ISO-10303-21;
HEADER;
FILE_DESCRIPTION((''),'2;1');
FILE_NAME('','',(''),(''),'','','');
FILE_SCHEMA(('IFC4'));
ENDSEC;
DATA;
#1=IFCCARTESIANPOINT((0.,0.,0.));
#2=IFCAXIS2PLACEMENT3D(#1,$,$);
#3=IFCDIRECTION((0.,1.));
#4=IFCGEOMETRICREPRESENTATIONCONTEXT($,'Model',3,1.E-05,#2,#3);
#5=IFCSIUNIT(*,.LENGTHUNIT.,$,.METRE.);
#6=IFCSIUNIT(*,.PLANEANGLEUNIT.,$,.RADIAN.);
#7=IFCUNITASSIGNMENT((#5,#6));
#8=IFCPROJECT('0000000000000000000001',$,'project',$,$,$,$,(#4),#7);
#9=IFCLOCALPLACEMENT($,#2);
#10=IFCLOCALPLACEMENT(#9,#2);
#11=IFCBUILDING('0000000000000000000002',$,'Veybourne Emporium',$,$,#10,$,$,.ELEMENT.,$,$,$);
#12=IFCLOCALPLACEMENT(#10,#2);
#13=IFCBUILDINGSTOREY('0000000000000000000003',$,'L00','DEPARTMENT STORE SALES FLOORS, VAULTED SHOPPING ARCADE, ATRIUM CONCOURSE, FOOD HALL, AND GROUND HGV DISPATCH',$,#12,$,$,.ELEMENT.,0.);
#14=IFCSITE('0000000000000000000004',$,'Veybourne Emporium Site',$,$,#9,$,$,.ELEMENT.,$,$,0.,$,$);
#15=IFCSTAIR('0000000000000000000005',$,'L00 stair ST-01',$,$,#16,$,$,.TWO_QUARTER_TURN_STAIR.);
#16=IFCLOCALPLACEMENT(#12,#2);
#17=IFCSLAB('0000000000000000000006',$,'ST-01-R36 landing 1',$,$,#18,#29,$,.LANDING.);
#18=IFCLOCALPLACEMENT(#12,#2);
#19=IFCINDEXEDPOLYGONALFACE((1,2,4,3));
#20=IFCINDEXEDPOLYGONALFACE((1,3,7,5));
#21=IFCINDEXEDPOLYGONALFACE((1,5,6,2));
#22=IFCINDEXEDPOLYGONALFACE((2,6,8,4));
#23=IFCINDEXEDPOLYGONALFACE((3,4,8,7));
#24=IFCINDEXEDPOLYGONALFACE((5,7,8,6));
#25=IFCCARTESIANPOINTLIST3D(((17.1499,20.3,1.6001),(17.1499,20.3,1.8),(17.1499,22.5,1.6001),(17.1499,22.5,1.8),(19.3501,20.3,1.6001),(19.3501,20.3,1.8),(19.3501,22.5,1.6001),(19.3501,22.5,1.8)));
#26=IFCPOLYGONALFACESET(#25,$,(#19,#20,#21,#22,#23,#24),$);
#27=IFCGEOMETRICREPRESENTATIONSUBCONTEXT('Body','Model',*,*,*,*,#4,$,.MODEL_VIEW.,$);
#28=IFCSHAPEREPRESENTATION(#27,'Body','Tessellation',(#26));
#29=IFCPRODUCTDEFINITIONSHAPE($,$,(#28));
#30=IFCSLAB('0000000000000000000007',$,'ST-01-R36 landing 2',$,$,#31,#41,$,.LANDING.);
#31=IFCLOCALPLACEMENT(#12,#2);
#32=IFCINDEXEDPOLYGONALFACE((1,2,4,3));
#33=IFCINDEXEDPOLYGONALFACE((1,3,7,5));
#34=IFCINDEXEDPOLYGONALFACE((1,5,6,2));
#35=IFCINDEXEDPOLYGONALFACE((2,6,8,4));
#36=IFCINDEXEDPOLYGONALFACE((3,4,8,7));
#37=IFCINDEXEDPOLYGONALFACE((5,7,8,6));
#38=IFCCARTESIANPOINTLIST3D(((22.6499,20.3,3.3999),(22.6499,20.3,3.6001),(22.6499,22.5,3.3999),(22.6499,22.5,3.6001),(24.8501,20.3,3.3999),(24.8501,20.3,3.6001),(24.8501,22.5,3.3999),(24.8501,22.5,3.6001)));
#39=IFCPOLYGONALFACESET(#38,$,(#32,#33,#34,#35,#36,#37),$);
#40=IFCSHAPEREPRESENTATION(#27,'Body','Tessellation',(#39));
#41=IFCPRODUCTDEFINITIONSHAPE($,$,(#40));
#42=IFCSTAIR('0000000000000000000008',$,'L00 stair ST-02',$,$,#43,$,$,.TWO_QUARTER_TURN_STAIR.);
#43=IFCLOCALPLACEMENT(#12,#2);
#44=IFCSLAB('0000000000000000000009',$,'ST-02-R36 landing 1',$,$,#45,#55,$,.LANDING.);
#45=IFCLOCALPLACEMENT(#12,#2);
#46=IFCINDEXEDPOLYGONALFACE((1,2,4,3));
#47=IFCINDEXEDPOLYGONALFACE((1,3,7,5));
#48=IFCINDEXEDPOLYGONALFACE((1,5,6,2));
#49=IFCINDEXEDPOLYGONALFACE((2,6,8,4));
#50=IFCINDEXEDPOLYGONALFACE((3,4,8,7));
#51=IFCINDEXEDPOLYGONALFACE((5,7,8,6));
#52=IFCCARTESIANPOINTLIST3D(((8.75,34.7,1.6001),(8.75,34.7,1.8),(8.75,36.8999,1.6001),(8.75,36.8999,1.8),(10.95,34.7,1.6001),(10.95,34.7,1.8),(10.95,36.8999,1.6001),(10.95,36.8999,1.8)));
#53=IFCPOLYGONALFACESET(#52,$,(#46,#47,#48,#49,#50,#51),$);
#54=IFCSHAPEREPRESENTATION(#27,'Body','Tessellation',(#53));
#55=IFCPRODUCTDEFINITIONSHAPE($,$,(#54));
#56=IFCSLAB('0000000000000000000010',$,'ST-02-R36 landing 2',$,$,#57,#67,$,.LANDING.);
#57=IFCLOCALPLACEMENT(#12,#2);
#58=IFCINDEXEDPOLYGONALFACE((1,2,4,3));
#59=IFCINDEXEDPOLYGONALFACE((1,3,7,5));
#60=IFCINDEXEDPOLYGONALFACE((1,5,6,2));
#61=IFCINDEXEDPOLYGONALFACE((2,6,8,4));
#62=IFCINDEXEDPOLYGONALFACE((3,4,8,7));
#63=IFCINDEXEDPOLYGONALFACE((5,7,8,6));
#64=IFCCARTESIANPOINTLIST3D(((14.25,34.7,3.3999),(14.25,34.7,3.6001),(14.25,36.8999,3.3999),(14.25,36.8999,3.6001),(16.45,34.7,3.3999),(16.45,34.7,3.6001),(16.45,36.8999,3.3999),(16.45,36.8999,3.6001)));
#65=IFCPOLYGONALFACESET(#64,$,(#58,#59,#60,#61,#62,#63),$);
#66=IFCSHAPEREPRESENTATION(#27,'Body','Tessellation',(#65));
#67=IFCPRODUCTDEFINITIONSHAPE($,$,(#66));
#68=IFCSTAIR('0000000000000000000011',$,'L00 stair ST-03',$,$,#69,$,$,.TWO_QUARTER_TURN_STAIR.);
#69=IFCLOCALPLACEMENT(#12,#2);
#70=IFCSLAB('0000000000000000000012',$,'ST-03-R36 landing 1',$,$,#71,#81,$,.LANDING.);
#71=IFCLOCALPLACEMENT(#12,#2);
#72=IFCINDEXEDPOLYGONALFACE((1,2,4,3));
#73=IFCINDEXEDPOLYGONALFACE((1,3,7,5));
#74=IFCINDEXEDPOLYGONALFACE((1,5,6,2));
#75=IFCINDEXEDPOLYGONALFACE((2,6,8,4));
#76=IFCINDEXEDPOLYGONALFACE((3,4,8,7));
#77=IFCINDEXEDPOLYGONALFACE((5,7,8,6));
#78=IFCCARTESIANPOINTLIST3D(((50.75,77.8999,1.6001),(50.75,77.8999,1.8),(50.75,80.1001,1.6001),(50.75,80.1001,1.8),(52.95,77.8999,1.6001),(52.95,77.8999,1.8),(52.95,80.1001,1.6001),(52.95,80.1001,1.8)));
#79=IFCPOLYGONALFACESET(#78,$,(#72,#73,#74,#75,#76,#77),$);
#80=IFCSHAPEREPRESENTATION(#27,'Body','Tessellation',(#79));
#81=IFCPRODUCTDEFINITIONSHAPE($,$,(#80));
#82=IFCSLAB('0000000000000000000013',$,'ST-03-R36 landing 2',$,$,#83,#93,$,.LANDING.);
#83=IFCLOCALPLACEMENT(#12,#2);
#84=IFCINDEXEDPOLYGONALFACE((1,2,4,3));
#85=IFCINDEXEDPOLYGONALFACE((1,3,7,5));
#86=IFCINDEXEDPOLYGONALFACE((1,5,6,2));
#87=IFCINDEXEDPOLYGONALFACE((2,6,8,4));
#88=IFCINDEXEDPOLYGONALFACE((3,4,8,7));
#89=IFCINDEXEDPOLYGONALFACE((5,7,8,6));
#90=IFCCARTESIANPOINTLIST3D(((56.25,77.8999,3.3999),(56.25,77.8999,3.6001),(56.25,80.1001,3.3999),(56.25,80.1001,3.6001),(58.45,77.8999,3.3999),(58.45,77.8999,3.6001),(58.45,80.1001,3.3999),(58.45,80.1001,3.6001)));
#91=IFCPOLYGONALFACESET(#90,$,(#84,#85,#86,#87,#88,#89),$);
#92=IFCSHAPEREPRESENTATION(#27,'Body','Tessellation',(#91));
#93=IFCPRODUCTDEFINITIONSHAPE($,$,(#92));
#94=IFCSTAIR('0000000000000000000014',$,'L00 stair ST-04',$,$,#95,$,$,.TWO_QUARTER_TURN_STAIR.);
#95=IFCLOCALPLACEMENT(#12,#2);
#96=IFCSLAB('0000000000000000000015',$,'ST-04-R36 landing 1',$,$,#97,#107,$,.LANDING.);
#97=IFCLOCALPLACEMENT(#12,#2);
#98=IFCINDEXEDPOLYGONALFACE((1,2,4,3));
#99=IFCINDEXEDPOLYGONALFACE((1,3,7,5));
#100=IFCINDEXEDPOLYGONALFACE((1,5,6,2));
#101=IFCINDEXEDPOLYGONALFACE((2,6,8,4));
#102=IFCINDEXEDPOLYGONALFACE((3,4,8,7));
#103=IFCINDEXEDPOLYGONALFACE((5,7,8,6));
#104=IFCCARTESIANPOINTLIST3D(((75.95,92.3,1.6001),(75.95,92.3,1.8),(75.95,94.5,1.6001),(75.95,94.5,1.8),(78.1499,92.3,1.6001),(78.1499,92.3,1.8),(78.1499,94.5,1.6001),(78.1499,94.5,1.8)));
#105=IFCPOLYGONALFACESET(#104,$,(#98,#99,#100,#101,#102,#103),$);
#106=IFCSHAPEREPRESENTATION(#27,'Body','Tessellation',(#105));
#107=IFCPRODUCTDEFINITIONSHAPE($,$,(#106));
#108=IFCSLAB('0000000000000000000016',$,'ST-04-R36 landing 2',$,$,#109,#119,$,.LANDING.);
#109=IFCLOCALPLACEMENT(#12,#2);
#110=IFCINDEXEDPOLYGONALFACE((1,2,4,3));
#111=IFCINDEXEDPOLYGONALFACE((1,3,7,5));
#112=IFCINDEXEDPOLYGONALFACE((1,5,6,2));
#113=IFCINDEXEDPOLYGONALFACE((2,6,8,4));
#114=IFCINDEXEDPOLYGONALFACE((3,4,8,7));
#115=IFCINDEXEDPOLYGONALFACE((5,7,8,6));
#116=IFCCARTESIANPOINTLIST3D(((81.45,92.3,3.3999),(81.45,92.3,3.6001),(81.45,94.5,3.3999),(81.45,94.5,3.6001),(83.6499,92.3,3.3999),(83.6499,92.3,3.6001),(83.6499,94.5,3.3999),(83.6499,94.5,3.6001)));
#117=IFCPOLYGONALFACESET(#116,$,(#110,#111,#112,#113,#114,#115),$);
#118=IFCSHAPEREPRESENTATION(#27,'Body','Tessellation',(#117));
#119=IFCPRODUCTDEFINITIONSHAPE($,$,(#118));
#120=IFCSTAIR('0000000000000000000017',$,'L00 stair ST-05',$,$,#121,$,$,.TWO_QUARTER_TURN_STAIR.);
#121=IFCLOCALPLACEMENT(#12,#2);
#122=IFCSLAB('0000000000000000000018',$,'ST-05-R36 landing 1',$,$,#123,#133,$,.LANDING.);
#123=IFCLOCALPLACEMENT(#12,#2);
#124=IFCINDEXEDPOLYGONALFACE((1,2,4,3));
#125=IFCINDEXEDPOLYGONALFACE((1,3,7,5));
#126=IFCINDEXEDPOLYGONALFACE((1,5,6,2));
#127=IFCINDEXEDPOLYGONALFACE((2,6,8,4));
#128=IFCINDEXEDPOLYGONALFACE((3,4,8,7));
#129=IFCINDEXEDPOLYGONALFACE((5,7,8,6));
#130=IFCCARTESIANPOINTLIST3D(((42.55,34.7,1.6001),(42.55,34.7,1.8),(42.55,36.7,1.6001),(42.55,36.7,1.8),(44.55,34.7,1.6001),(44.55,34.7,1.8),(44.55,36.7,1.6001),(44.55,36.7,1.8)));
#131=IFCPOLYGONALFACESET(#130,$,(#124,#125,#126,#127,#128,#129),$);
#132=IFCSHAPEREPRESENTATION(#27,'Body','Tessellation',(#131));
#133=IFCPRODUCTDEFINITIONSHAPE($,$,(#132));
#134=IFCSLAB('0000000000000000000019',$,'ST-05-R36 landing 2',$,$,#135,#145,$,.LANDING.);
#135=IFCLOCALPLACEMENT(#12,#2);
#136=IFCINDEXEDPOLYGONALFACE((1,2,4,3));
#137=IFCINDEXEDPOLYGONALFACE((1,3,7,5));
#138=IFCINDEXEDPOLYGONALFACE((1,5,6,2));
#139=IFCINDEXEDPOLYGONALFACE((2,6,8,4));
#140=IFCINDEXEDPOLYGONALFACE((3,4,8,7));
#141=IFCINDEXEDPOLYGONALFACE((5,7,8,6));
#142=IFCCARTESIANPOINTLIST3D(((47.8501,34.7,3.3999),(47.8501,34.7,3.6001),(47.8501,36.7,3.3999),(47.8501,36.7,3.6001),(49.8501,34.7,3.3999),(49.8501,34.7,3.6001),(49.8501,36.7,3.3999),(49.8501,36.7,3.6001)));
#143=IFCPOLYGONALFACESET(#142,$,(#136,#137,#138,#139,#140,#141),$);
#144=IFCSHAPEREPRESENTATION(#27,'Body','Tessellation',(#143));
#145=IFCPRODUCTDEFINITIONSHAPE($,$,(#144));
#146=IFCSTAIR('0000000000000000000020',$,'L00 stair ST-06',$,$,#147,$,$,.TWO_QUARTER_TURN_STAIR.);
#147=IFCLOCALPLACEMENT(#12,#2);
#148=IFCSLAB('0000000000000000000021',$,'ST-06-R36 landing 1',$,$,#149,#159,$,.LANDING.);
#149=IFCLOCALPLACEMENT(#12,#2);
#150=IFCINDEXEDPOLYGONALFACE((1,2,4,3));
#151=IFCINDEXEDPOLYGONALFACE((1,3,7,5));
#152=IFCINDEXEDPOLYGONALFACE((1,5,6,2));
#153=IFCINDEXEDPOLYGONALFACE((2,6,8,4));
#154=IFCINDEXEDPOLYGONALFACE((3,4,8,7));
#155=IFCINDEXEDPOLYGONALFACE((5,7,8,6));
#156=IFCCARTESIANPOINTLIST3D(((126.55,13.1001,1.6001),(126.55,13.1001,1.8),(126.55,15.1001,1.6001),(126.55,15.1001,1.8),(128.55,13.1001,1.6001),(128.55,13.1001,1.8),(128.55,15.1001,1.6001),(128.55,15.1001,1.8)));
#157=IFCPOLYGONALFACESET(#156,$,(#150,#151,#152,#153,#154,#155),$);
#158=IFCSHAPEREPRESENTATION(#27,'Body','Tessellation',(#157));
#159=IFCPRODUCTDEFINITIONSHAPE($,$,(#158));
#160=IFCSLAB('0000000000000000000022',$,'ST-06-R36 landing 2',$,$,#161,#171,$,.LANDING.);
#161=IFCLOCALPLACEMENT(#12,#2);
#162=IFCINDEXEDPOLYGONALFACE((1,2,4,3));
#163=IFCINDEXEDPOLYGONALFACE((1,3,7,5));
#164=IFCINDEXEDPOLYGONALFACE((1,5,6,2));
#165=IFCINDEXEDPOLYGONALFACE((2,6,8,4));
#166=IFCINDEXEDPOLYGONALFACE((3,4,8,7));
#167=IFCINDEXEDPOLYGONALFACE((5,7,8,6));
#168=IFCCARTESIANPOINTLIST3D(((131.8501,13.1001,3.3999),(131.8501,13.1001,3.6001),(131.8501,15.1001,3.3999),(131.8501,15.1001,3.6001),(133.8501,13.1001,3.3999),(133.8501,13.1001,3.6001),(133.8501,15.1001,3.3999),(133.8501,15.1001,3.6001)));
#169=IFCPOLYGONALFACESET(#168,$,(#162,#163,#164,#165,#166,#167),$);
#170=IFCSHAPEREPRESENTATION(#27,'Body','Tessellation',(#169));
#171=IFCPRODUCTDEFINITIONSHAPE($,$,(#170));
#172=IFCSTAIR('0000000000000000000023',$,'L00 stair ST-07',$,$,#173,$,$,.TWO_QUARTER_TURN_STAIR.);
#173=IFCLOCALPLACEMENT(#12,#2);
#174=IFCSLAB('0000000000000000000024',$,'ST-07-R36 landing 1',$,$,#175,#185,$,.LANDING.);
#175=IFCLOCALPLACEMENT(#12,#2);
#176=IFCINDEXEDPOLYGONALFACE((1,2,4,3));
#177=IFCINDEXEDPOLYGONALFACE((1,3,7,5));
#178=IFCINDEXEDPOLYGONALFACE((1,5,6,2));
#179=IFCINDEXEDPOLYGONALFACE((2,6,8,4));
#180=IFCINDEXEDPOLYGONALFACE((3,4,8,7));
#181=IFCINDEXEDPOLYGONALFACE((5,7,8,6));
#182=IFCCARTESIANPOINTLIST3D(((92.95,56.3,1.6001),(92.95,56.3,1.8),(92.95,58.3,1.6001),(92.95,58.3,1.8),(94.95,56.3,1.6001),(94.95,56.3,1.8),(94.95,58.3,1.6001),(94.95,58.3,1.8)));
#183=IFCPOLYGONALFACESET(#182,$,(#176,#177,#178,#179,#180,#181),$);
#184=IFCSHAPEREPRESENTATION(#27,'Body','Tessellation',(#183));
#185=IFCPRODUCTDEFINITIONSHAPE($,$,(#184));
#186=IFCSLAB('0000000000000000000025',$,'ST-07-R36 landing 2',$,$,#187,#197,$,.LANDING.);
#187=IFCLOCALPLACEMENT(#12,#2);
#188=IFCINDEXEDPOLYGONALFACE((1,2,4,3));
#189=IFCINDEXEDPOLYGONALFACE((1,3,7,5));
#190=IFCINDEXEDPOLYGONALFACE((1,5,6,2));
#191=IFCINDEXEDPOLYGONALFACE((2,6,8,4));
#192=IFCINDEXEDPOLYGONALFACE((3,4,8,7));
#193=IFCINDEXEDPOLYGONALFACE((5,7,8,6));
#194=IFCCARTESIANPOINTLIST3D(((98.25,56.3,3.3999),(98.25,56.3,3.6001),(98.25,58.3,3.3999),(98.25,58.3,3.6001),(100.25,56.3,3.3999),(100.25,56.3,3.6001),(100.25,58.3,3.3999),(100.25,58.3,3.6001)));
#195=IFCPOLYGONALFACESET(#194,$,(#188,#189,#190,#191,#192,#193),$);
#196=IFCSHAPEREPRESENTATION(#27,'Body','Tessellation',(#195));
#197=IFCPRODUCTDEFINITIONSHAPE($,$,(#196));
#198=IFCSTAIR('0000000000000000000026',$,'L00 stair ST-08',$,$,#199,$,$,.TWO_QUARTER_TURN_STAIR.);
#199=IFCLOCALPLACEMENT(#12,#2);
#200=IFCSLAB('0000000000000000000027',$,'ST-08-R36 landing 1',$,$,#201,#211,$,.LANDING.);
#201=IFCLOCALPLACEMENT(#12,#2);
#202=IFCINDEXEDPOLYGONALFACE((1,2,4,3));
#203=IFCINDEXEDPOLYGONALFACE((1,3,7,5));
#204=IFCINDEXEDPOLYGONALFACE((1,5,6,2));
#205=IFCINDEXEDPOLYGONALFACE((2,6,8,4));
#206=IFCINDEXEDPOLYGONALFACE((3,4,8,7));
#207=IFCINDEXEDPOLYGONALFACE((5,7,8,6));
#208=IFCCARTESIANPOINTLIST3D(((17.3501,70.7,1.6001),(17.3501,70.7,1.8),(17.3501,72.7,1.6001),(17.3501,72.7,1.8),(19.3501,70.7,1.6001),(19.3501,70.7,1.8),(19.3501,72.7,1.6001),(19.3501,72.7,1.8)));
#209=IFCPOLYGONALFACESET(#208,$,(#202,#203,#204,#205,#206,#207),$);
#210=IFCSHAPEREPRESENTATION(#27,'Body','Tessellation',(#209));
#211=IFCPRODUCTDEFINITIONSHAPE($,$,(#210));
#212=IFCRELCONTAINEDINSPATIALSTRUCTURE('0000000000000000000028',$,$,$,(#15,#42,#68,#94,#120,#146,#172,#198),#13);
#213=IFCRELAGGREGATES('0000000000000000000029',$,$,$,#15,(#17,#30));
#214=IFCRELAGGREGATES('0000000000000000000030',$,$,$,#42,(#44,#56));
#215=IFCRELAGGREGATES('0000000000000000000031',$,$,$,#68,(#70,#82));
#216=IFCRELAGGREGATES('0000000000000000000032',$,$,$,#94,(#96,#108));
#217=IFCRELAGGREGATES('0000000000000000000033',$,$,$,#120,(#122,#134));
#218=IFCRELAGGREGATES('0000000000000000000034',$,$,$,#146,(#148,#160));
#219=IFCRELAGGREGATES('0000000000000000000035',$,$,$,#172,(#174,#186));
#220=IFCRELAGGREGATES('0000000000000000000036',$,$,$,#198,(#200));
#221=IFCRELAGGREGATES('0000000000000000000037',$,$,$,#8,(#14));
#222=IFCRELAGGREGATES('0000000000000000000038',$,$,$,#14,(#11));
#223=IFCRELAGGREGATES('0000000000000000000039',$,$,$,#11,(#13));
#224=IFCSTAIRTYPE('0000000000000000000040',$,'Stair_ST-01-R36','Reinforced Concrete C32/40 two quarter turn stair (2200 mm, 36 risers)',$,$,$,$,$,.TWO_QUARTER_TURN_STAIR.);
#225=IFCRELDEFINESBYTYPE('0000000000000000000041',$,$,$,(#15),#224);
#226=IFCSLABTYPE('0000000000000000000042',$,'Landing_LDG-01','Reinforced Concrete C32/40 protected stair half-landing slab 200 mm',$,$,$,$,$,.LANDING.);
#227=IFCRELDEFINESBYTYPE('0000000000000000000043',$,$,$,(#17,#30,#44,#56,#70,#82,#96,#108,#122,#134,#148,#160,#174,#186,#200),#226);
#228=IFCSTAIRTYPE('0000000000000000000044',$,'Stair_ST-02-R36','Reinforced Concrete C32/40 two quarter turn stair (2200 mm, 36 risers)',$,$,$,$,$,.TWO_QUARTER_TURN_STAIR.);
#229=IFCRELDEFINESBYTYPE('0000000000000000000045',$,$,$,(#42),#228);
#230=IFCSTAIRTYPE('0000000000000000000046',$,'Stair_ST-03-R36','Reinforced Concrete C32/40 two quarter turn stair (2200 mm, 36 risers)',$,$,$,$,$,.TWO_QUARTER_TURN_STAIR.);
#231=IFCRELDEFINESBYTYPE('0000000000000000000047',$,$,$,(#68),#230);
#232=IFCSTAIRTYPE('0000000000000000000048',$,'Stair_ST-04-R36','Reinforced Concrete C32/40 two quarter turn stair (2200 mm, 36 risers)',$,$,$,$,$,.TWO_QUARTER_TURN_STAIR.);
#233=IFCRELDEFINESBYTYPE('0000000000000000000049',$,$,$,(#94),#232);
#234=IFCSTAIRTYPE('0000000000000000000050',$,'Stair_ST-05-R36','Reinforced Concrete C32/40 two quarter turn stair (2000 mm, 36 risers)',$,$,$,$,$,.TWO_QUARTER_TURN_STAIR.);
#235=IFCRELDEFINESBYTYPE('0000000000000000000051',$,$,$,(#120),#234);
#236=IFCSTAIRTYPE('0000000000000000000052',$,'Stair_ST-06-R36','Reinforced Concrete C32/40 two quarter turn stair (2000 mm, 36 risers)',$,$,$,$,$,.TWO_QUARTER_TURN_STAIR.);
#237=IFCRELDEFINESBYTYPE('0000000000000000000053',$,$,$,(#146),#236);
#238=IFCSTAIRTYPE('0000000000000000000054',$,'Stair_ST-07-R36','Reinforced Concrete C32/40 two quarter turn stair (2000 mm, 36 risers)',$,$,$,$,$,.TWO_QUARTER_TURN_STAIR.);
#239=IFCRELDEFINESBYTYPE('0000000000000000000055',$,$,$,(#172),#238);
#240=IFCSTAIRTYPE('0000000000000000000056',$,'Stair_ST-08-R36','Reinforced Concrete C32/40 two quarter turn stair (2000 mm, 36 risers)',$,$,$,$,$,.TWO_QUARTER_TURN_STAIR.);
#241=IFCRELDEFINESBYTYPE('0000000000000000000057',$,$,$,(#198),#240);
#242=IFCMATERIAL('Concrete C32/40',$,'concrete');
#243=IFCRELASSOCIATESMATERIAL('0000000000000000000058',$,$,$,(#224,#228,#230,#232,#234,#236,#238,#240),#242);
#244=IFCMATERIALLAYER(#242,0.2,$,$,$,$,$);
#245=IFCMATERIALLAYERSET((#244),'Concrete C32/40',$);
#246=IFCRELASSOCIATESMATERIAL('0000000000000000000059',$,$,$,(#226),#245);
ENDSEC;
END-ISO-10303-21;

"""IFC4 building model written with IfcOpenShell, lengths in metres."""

from ifc_helpers import new_model, si_unit, direction, frame, origin, place, context, subcontext, project, spatial, polyline, outline, extrude, material, layer, layer_set, type_object, element, aggregate, save


model = new_model("IFC4")

# Units and contexts
model_context = context("Model", 3, precision=1e-05, world=origin(), true_north=direction((0.0, 1.0)))
body_context = subcontext(model_context, "Body", "Model", "MODEL_VIEW")
ifc_project = project(units=[si_unit("LENGTHUNIT", "METRE"), si_unit("PLANEANGLEUNIT", "RADIAN")], contexts=[model_context])

# Site, building, storey
site_placement = place(None, origin())
site = spatial("IfcSite", under=ifc_project, at=site_placement, Name="Veybourne Emporium Site", CompositionType="ELEMENT", RefElevation=0.0)
building_placement = place(site_placement, origin())
building = spatial("IfcBuilding", under=site, at=building_placement, Name="Veybourne Emporium", CompositionType="ELEMENT")
storey_placement = place(building_placement, origin())
storey = spatial("IfcBuildingStorey", under=building, at=storey_placement, Name="L00", Description="DEPARTMENT STORE SALES FLOORS, VAULTED SHOPPING ARCADE, ATRIUM CONCOURSE, FOOD HALL, AND GROUND HGV DISPATCH", CompositionType="ELEMENT", Elevation=0.0)

# Stairs, slabs
ifc_material_1 = material(Name="Concrete C32/40", Category="concrete")
stair_type_1 = type_object("IfcStairType", Name="Stair_ST-01-R36", Description="Reinforced Concrete C32/40 two quarter turn stair (2200 mm, 36 risers)", PredefinedType="TWO_QUARTER_TURN_STAIR", material=ifc_material_1)
stair_1_placement = place(storey_placement, origin())
stair_1 = element("IfcStair", 1, at=stair_1_placement, inside=storey, type_object=stair_type_1, Name="L00 stair ST-01", PredefinedType="TWO_QUARTER_TURN_STAIR")
ifc_layer_1 = layer(ifc_material_1, 0.2)
ifc_layer_set_1 = layer_set([ifc_layer_1], Name="Concrete C32/40")
slab_type_1 = type_object("IfcSlabType", Name="Landing_LDG-01", Description="Reinforced Concrete C32/40 protected stair half-landing slab 200 mm", PredefinedType="LANDING", material=ifc_layer_set_1)
slab_1_placement = place(storey_placement, frame((0.0, 0.0, 1.6001)))
slab_1 = element("IfcSlab", 2, at=slab_1_placement, type_object=slab_type_1, Name="ST-01-R36 landing 1", PredefinedType="LANDING", context=body_context, shape_type="SweptSolid", body=[
    extrude(outline(polyline([(17.1499, 20.3), (19.3501, 20.3), (19.3501, 22.5), (17.1499, 22.5), (17.1499, 20.3)])), origin(), (0.0, 0.0, 1.0), 0.2),
])
slab_2_placement = place(storey_placement, frame((0.0, 0.0, 3.3999)))
slab_2 = element("IfcSlab", 3, at=slab_2_placement, type_object=slab_type_1, Name="ST-01-R36 landing 2", PredefinedType="LANDING", context=body_context, shape_type="SweptSolid", body=[
    extrude(outline(polyline([(22.6499, 20.3), (24.8501, 20.3), (24.8501, 22.5), (22.6499, 22.5), (22.6499, 20.3)])), origin(), (0.0, 0.0, 1.0), 0.2002),
])
aggregate(stair_1, [slab_1, slab_2])
stair_type_2 = type_object("IfcStairType", Name="Stair_ST-02-R36", Description="Reinforced Concrete C32/40 two quarter turn stair (2200 mm, 36 risers)", PredefinedType="TWO_QUARTER_TURN_STAIR", material=ifc_material_1)
stair_2_placement = place(storey_placement, origin())
stair_2 = element("IfcStair", 4, at=stair_2_placement, inside=storey, type_object=stair_type_2, Name="L00 stair ST-02", PredefinedType="TWO_QUARTER_TURN_STAIR")
slab_3_placement = place(storey_placement, frame((0.0, 0.0, 1.6001)))
slab_3 = element("IfcSlab", 5, at=slab_3_placement, type_object=slab_type_1, Name="ST-02-R36 landing 1", PredefinedType="LANDING", context=body_context, shape_type="SweptSolid", body=[
    extrude(outline(polyline([(8.75, 34.7), (10.95, 34.7), (10.95, 36.8999), (8.75, 36.8999), (8.75, 34.7)])), origin(), (0.0, 0.0, 1.0), 0.2),
])
slab_4_placement = place(storey_placement, frame((0.0, 0.0, 3.3999)))
slab_4 = element("IfcSlab", 6, at=slab_4_placement, type_object=slab_type_1, Name="ST-02-R36 landing 2", PredefinedType="LANDING", context=body_context, shape_type="SweptSolid", body=[
    extrude(outline(polyline([(14.25, 34.7), (16.45, 34.7), (16.45, 36.8999), (14.25, 36.8999), (14.25, 34.7)])), origin(), (0.0, 0.0, 1.0), 0.2002),
])
aggregate(stair_2, [slab_3, slab_4])
stair_type_3 = type_object("IfcStairType", Name="Stair_ST-03-R36", Description="Reinforced Concrete C32/40 two quarter turn stair (2200 mm, 36 risers)", PredefinedType="TWO_QUARTER_TURN_STAIR", material=ifc_material_1)
stair_3_placement = place(storey_placement, origin())
stair_3 = element("IfcStair", 7, at=stair_3_placement, inside=storey, type_object=stair_type_3, Name="L00 stair ST-03", PredefinedType="TWO_QUARTER_TURN_STAIR")
slab_5_placement = place(storey_placement, frame((0.0, 0.0, 1.6001)))
slab_5 = element("IfcSlab", 8, at=slab_5_placement, type_object=slab_type_1, Name="ST-03-R36 landing 1", PredefinedType="LANDING", context=body_context, shape_type="SweptSolid", body=[
    extrude(outline(polyline([(50.75, 77.8999), (52.95, 77.8999), (52.95, 80.1001), (50.75, 80.1001), (50.75, 77.8999)])), origin(), (0.0, 0.0, 1.0), 0.2),
])
slab_6_placement = place(storey_placement, frame((0.0, 0.0, 3.3999)))
slab_6 = element("IfcSlab", 9, at=slab_6_placement, type_object=slab_type_1, Name="ST-03-R36 landing 2", PredefinedType="LANDING", context=body_context, shape_type="SweptSolid", body=[
    extrude(outline(polyline([(56.25, 77.8999), (58.45, 77.8999), (58.45, 80.1001), (56.25, 80.1001), (56.25, 77.8999)])), origin(), (0.0, 0.0, 1.0), 0.2002),
])
aggregate(stair_3, [slab_5, slab_6])
stair_type_4 = type_object("IfcStairType", Name="Stair_ST-04-R36", Description="Reinforced Concrete C32/40 two quarter turn stair (2200 mm, 36 risers)", PredefinedType="TWO_QUARTER_TURN_STAIR", material=ifc_material_1)
stair_4_placement = place(storey_placement, origin())
stair_4 = element("IfcStair", 10, at=stair_4_placement, inside=storey, type_object=stair_type_4, Name="L00 stair ST-04", PredefinedType="TWO_QUARTER_TURN_STAIR")
slab_7_placement = place(storey_placement, frame((0.0, 0.0, 1.6001)))
slab_7 = element("IfcSlab", 11, at=slab_7_placement, type_object=slab_type_1, Name="ST-04-R36 landing 1", PredefinedType="LANDING", context=body_context, shape_type="SweptSolid", body=[
    extrude(outline(polyline([(75.95, 92.3), (78.1499, 92.3), (78.1499, 94.5), (75.95, 94.5), (75.95, 92.3)])), origin(), (0.0, 0.0, 1.0), 0.2),
])
slab_8_placement = place(storey_placement, frame((0.0, 0.0, 3.3999)))
slab_8 = element("IfcSlab", 12, at=slab_8_placement, type_object=slab_type_1, Name="ST-04-R36 landing 2", PredefinedType="LANDING", context=body_context, shape_type="SweptSolid", body=[
    extrude(outline(polyline([(81.45, 92.3), (83.6499, 92.3), (83.6499, 94.5), (81.45, 94.5), (81.45, 92.3)])), origin(), (0.0, 0.0, 1.0), 0.2002),
])
aggregate(stair_4, [slab_7, slab_8])
stair_type_5 = type_object("IfcStairType", Name="Stair_ST-05-R36", Description="Reinforced Concrete C32/40 two quarter turn stair (2000 mm, 36 risers)", PredefinedType="TWO_QUARTER_TURN_STAIR", material=ifc_material_1)
stair_5_placement = place(storey_placement, origin())
stair_5 = element("IfcStair", 13, at=stair_5_placement, inside=storey, type_object=stair_type_5, Name="L00 stair ST-05", PredefinedType="TWO_QUARTER_TURN_STAIR")
slab_9_placement = place(storey_placement, frame((0.0, 0.0, 1.6001)))
slab_9 = element("IfcSlab", 14, at=slab_9_placement, type_object=slab_type_1, Name="ST-05-R36 landing 1", PredefinedType="LANDING", context=body_context, shape_type="SweptSolid", body=[
    extrude(outline(polyline([(42.55, 34.7), (44.55, 34.7), (44.55, 36.7), (42.55, 36.7), (42.55, 34.7)])), origin(), (0.0, 0.0, 1.0), 0.2),
])
slab_10_placement = place(storey_placement, frame((0.0, 0.0, 3.3999)))
slab_10 = element("IfcSlab", 15, at=slab_10_placement, type_object=slab_type_1, Name="ST-05-R36 landing 2", PredefinedType="LANDING", context=body_context, shape_type="SweptSolid", body=[
    extrude(outline(polyline([(47.8501, 34.7), (49.8501, 34.7), (49.8501, 36.7), (47.8501, 36.7), (47.8501, 34.7)])), origin(), (0.0, 0.0, 1.0), 0.2002),
])
aggregate(stair_5, [slab_9, slab_10])
stair_type_6 = type_object("IfcStairType", Name="Stair_ST-06-R36", Description="Reinforced Concrete C32/40 two quarter turn stair (2000 mm, 36 risers)", PredefinedType="TWO_QUARTER_TURN_STAIR", material=ifc_material_1)
stair_6_placement = place(storey_placement, origin())
stair_6 = element("IfcStair", 16, at=stair_6_placement, inside=storey, type_object=stair_type_6, Name="L00 stair ST-06", PredefinedType="TWO_QUARTER_TURN_STAIR")
slab_11_placement = place(storey_placement, frame((0.0, 0.0, 1.6001)))
slab_11 = element("IfcSlab", 17, at=slab_11_placement, type_object=slab_type_1, Name="ST-06-R36 landing 1", PredefinedType="LANDING", context=body_context, shape_type="SweptSolid", body=[
    extrude(outline(polyline([(126.55, 13.1001), (128.55, 13.1001), (128.55, 15.1001), (126.55, 15.1001), (126.55, 13.1001)])), origin(), (0.0, 0.0, 1.0), 0.2),
])
slab_12_placement = place(storey_placement, frame((0.0, 0.0, 3.3999)))
slab_12 = element("IfcSlab", 18, at=slab_12_placement, type_object=slab_type_1, Name="ST-06-R36 landing 2", PredefinedType="LANDING", context=body_context, shape_type="SweptSolid", body=[
    extrude(outline(polyline([(131.8501, 13.1001), (133.8501, 13.1001), (133.8501, 15.1001), (131.8501, 15.1001), (131.8501, 13.1001)])), origin(), (0.0, 0.0, 1.0), 0.2002),
])
aggregate(stair_6, [slab_11, slab_12])
stair_type_7 = type_object("IfcStairType", Name="Stair_ST-07-R36", Description="Reinforced Concrete C32/40 two quarter turn stair (2000 mm, 36 risers)", PredefinedType="TWO_QUARTER_TURN_STAIR", material=ifc_material_1)
stair_7_placement = place(storey_placement, origin())
stair_7 = element("IfcStair", 19, at=stair_7_placement, inside=storey, type_object=stair_type_7, Name="L00 stair ST-07", PredefinedType="TWO_QUARTER_TURN_STAIR")
slab_13_placement = place(storey_placement, frame((0.0, 0.0, 1.6001)))
slab_13 = element("IfcSlab", 20, at=slab_13_placement, type_object=slab_type_1, Name="ST-07-R36 landing 1", PredefinedType="LANDING", context=body_context, shape_type="SweptSolid", body=[
    extrude(outline(polyline([(92.95, 56.3), (94.95, 56.3), (94.95, 58.3), (92.95, 58.3), (92.95, 56.3)])), origin(), (0.0, 0.0, 1.0), 0.2),
])
slab_14_placement = place(storey_placement, frame((0.0, 0.0, 3.3999)))
slab_14 = element("IfcSlab", 21, at=slab_14_placement, type_object=slab_type_1, Name="ST-07-R36 landing 2", PredefinedType="LANDING", context=body_context, shape_type="SweptSolid", body=[
    extrude(outline(polyline([(98.25, 56.3), (100.25, 56.3), (100.25, 58.3), (98.25, 58.3), (98.25, 56.3)])), origin(), (0.0, 0.0, 1.0), 0.2002),
])
aggregate(stair_7, [slab_13, slab_14])
stair_type_8 = type_object("IfcStairType", Name="Stair_ST-08-R36", Description="Reinforced Concrete C32/40 two quarter turn stair (2000 mm, 36 risers)", PredefinedType="TWO_QUARTER_TURN_STAIR", material=ifc_material_1)
stair_8_placement = place(storey_placement, origin())
stair_8 = element("IfcStair", 22, at=stair_8_placement, inside=storey, type_object=stair_type_8, Name="L00 stair ST-08", PredefinedType="TWO_QUARTER_TURN_STAIR")
slab_15_placement = place(storey_placement, frame((0.0, 0.0, 1.6001)))
slab_15 = element("IfcSlab", 23, at=slab_15_placement, type_object=slab_type_1, Name="ST-08-R36 landing 1", PredefinedType="LANDING", context=body_context, shape_type="SweptSolid", body=[
    extrude(outline(polyline([(17.3501, 70.7), (19.3501, 70.7), (19.3501, 72.7), (17.3501, 72.7), (17.3501, 70.7)])), origin(), (0.0, 0.0, 1.0), 0.2),
])
aggregate(stair_8, [slab_15])

save(model, "model.ifc")
